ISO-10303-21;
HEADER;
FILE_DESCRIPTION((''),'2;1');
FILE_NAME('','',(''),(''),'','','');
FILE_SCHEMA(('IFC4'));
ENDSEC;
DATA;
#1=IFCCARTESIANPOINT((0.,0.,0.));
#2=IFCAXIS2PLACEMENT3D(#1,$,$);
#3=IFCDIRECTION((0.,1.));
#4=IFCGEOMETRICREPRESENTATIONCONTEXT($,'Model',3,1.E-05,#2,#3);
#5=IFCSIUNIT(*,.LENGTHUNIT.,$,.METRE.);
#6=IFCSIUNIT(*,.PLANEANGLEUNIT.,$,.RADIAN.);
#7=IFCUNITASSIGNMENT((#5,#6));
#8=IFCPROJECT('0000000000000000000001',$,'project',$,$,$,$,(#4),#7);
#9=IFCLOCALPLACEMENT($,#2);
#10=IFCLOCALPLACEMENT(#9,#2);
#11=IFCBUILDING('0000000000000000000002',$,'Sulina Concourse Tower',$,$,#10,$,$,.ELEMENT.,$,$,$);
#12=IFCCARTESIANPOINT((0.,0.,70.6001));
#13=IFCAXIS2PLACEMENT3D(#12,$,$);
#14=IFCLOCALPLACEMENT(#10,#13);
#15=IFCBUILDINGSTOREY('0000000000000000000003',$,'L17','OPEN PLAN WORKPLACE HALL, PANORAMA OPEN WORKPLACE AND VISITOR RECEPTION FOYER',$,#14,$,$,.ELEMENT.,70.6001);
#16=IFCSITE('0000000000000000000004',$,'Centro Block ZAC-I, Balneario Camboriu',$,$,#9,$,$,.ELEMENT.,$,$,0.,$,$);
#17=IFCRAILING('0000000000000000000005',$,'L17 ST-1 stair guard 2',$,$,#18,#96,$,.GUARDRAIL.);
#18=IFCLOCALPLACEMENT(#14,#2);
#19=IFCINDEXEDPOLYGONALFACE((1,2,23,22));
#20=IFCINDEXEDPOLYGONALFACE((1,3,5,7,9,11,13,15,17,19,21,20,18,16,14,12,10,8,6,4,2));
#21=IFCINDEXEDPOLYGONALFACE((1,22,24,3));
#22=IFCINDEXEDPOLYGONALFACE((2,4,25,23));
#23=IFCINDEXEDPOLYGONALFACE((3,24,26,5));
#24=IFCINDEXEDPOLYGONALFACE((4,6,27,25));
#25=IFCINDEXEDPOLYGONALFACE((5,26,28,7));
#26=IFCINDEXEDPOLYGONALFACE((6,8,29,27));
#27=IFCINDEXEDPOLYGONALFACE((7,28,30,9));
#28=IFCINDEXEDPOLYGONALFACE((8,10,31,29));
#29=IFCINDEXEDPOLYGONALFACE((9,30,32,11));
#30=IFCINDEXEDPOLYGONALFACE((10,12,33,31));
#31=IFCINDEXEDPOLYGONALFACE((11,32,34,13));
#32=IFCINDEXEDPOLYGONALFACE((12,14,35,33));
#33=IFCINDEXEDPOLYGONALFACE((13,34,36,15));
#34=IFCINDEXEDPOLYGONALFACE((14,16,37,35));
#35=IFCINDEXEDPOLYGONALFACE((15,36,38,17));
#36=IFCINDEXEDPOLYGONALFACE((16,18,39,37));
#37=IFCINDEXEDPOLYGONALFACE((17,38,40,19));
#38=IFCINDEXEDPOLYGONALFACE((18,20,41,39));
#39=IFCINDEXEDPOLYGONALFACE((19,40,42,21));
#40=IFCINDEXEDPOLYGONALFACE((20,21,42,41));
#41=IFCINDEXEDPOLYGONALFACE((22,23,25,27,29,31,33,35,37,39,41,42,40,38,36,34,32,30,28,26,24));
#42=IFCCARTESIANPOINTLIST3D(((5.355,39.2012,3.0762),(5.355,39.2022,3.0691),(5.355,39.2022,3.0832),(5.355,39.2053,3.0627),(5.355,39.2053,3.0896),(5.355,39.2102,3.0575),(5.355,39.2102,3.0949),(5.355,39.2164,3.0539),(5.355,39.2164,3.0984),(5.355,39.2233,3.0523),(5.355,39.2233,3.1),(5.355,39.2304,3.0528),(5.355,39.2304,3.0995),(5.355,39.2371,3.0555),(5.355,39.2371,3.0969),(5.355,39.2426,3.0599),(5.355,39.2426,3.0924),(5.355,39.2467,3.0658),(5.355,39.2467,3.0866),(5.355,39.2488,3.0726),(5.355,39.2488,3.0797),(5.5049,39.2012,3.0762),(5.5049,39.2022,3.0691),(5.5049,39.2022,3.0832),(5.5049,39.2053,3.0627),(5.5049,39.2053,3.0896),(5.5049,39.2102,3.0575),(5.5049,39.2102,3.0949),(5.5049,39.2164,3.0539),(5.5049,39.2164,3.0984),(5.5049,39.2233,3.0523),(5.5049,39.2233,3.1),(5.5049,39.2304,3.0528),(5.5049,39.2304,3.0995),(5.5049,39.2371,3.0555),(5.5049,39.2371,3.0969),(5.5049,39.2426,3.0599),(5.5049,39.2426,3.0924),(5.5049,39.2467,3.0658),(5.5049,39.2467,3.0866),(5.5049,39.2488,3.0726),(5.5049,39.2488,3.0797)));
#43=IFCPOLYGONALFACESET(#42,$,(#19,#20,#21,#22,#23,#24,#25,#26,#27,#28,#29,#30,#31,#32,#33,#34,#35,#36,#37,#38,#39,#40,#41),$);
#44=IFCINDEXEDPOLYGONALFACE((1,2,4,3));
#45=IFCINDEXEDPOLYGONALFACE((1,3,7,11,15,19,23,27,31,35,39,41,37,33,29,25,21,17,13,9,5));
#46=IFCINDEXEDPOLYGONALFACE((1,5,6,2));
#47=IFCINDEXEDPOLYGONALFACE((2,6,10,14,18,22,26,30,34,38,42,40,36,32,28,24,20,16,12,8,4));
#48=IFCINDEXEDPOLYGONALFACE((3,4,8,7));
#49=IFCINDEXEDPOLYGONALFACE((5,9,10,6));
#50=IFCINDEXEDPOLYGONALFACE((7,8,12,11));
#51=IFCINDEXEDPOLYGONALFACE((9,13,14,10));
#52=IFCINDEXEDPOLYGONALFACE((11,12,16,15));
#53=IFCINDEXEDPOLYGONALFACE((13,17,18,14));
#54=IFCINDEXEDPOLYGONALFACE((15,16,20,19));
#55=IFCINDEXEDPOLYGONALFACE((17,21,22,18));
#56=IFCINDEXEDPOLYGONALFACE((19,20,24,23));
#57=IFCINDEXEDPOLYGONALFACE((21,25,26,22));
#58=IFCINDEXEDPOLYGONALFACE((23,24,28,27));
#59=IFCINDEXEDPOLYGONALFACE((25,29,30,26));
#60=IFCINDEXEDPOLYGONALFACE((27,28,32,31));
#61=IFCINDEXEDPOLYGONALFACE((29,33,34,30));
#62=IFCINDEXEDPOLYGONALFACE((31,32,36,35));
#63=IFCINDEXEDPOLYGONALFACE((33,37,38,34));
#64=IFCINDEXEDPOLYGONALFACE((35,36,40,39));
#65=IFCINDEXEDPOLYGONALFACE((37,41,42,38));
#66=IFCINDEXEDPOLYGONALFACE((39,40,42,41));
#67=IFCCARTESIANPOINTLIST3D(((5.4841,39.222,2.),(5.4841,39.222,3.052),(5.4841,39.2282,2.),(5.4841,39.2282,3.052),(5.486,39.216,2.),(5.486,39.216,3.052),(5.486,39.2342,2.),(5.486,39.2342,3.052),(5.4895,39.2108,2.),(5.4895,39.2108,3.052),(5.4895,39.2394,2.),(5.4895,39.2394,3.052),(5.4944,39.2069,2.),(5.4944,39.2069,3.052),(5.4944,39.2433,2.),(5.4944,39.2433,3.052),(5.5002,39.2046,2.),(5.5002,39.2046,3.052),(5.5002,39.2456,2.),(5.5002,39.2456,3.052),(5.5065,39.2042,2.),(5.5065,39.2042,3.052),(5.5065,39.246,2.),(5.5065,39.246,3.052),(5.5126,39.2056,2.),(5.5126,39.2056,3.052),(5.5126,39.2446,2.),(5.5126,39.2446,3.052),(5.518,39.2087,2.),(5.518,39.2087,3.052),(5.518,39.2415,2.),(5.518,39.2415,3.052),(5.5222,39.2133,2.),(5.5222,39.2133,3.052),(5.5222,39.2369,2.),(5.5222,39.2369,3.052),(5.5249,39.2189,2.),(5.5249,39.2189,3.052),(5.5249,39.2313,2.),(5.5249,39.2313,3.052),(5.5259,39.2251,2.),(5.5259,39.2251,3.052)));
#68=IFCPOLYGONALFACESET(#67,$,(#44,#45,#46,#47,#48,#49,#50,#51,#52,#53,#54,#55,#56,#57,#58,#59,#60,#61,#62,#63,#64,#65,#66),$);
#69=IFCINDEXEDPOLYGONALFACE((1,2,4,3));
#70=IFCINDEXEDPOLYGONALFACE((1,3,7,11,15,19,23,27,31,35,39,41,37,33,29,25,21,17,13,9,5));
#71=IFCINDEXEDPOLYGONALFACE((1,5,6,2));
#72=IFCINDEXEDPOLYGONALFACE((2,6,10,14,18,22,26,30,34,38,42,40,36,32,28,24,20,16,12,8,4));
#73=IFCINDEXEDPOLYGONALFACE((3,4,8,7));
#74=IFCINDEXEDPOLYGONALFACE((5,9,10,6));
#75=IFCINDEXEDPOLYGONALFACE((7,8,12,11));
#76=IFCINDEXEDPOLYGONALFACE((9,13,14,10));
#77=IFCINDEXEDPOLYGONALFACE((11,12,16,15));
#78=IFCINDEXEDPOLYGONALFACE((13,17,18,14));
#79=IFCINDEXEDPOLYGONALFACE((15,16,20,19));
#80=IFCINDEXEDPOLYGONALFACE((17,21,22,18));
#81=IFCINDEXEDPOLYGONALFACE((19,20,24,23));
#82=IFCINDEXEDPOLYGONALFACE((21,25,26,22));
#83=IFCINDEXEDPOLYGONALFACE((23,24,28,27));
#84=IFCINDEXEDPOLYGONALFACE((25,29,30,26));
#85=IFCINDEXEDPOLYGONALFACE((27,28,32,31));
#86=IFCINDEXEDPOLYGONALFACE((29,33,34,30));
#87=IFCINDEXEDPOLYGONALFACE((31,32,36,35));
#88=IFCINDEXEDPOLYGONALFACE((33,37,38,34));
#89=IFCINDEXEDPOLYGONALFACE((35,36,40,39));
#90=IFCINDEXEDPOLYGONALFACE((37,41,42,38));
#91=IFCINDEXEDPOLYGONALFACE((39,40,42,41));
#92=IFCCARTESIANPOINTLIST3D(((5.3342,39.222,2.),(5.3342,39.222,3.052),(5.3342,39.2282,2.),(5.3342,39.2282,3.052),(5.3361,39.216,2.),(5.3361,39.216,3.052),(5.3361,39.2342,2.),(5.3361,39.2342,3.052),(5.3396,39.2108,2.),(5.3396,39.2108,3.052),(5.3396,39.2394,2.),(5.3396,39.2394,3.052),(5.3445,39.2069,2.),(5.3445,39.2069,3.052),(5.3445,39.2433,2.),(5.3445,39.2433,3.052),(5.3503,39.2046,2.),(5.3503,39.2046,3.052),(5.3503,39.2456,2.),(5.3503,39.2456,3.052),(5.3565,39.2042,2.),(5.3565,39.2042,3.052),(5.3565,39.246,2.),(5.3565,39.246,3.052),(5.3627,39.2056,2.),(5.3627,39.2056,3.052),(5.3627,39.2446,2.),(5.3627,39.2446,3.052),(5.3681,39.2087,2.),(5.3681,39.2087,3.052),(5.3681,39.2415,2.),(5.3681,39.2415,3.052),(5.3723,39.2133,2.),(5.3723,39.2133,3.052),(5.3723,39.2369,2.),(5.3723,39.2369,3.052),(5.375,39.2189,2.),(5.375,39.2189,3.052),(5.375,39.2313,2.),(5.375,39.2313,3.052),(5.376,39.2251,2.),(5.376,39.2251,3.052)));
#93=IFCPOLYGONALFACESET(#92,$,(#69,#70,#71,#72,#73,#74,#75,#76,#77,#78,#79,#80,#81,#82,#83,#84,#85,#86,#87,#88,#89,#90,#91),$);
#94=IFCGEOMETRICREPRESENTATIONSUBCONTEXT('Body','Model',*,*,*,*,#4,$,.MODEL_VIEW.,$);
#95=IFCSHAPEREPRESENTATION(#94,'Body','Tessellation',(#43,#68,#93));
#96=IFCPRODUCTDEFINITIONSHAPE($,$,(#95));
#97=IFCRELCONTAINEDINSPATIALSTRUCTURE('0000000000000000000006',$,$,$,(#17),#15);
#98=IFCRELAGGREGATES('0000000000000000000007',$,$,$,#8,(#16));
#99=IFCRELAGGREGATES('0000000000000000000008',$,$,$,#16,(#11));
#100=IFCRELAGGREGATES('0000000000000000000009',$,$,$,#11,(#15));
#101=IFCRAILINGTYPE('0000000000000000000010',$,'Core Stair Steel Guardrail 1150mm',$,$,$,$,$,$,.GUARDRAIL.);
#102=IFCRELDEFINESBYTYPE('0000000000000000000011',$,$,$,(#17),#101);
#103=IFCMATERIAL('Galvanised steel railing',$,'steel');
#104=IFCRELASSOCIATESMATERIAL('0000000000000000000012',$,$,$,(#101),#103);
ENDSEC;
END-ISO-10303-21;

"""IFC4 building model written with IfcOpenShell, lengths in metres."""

from ifc_helpers import new_model, si_unit, direction, frame, origin, origin_2d, place, context, subcontext, project, spatial, circle, extrude, material, type_object, element, save


model = new_model("IFC4")

# Units and contexts
model_context = context("Model", 3, precision=1e-05, world=origin(), true_north=direction((0.0, 1.0)))
body_context = subcontext(model_context, "Body", "Model", "MODEL_VIEW")
ifc_project = project(units=[si_unit("LENGTHUNIT", "METRE"), si_unit("PLANEANGLEUNIT", "RADIAN")], contexts=[model_context])

# Site, building, storey
site_placement = place(None, origin())
site = spatial("IfcSite", under=ifc_project, at=site_placement, Name="Centro Block ZAC-I, Balneario Camboriu", CompositionType="ELEMENT", RefElevation=0.0)
building_placement = place(site_placement, origin())
building = spatial("IfcBuilding", under=site, at=building_placement, Name="Sulina Concourse Tower", CompositionType="ELEMENT")
storey_placement = place(building_placement, frame((0.0, 0.0, 70.6001)))
storey = spatial("IfcBuildingStorey", under=building, at=storey_placement, Name="L17", Description="OPEN PLAN WORKPLACE HALL, PANORAMA OPEN WORKPLACE AND VISITOR RECEPTION FOYER", CompositionType="ELEMENT", Elevation=70.6001)

# Railing
ifc_material_1 = material(Name="Galvanised steel railing", Category="steel")
railing_type_1 = type_object("IfcRailingType", Name="Core Stair Steel Guardrail 1150mm", PredefinedType="GUARDRAIL", material=ifc_material_1)
railing_1_placement = place(storey_placement, frame((5.5049, 39.2251, 2.0)))
element("IfcRailing", 1, at=railing_1_placement, inside=storey, type_object=railing_type_1, Name="L17 ST-1 stair guard 2", PredefinedType="GUARDRAIL", context=body_context, shape_type="SweptSolid", body=[
    extrude(circle(Radius=0.0239, at=origin_2d()), frame((0.0, 0.0, 1.0762), z_axis=(-1.0, 0.0, 0.0), x_axis=(0.0, -1.0, 0.0)), (0.0, 0.0, 1.0), 0.1499),
    extrude(circle(Radius=0.021, at=origin_2d()), origin(), (0.0, 0.0, 1.0), 1.052),
    extrude(circle(Radius=0.021, at=origin_2d()), frame((-0.1499, 0.0, 0.0)), (0.0, 0.0, 1.0), 1.052),
])

save(model, "model.ifc")
